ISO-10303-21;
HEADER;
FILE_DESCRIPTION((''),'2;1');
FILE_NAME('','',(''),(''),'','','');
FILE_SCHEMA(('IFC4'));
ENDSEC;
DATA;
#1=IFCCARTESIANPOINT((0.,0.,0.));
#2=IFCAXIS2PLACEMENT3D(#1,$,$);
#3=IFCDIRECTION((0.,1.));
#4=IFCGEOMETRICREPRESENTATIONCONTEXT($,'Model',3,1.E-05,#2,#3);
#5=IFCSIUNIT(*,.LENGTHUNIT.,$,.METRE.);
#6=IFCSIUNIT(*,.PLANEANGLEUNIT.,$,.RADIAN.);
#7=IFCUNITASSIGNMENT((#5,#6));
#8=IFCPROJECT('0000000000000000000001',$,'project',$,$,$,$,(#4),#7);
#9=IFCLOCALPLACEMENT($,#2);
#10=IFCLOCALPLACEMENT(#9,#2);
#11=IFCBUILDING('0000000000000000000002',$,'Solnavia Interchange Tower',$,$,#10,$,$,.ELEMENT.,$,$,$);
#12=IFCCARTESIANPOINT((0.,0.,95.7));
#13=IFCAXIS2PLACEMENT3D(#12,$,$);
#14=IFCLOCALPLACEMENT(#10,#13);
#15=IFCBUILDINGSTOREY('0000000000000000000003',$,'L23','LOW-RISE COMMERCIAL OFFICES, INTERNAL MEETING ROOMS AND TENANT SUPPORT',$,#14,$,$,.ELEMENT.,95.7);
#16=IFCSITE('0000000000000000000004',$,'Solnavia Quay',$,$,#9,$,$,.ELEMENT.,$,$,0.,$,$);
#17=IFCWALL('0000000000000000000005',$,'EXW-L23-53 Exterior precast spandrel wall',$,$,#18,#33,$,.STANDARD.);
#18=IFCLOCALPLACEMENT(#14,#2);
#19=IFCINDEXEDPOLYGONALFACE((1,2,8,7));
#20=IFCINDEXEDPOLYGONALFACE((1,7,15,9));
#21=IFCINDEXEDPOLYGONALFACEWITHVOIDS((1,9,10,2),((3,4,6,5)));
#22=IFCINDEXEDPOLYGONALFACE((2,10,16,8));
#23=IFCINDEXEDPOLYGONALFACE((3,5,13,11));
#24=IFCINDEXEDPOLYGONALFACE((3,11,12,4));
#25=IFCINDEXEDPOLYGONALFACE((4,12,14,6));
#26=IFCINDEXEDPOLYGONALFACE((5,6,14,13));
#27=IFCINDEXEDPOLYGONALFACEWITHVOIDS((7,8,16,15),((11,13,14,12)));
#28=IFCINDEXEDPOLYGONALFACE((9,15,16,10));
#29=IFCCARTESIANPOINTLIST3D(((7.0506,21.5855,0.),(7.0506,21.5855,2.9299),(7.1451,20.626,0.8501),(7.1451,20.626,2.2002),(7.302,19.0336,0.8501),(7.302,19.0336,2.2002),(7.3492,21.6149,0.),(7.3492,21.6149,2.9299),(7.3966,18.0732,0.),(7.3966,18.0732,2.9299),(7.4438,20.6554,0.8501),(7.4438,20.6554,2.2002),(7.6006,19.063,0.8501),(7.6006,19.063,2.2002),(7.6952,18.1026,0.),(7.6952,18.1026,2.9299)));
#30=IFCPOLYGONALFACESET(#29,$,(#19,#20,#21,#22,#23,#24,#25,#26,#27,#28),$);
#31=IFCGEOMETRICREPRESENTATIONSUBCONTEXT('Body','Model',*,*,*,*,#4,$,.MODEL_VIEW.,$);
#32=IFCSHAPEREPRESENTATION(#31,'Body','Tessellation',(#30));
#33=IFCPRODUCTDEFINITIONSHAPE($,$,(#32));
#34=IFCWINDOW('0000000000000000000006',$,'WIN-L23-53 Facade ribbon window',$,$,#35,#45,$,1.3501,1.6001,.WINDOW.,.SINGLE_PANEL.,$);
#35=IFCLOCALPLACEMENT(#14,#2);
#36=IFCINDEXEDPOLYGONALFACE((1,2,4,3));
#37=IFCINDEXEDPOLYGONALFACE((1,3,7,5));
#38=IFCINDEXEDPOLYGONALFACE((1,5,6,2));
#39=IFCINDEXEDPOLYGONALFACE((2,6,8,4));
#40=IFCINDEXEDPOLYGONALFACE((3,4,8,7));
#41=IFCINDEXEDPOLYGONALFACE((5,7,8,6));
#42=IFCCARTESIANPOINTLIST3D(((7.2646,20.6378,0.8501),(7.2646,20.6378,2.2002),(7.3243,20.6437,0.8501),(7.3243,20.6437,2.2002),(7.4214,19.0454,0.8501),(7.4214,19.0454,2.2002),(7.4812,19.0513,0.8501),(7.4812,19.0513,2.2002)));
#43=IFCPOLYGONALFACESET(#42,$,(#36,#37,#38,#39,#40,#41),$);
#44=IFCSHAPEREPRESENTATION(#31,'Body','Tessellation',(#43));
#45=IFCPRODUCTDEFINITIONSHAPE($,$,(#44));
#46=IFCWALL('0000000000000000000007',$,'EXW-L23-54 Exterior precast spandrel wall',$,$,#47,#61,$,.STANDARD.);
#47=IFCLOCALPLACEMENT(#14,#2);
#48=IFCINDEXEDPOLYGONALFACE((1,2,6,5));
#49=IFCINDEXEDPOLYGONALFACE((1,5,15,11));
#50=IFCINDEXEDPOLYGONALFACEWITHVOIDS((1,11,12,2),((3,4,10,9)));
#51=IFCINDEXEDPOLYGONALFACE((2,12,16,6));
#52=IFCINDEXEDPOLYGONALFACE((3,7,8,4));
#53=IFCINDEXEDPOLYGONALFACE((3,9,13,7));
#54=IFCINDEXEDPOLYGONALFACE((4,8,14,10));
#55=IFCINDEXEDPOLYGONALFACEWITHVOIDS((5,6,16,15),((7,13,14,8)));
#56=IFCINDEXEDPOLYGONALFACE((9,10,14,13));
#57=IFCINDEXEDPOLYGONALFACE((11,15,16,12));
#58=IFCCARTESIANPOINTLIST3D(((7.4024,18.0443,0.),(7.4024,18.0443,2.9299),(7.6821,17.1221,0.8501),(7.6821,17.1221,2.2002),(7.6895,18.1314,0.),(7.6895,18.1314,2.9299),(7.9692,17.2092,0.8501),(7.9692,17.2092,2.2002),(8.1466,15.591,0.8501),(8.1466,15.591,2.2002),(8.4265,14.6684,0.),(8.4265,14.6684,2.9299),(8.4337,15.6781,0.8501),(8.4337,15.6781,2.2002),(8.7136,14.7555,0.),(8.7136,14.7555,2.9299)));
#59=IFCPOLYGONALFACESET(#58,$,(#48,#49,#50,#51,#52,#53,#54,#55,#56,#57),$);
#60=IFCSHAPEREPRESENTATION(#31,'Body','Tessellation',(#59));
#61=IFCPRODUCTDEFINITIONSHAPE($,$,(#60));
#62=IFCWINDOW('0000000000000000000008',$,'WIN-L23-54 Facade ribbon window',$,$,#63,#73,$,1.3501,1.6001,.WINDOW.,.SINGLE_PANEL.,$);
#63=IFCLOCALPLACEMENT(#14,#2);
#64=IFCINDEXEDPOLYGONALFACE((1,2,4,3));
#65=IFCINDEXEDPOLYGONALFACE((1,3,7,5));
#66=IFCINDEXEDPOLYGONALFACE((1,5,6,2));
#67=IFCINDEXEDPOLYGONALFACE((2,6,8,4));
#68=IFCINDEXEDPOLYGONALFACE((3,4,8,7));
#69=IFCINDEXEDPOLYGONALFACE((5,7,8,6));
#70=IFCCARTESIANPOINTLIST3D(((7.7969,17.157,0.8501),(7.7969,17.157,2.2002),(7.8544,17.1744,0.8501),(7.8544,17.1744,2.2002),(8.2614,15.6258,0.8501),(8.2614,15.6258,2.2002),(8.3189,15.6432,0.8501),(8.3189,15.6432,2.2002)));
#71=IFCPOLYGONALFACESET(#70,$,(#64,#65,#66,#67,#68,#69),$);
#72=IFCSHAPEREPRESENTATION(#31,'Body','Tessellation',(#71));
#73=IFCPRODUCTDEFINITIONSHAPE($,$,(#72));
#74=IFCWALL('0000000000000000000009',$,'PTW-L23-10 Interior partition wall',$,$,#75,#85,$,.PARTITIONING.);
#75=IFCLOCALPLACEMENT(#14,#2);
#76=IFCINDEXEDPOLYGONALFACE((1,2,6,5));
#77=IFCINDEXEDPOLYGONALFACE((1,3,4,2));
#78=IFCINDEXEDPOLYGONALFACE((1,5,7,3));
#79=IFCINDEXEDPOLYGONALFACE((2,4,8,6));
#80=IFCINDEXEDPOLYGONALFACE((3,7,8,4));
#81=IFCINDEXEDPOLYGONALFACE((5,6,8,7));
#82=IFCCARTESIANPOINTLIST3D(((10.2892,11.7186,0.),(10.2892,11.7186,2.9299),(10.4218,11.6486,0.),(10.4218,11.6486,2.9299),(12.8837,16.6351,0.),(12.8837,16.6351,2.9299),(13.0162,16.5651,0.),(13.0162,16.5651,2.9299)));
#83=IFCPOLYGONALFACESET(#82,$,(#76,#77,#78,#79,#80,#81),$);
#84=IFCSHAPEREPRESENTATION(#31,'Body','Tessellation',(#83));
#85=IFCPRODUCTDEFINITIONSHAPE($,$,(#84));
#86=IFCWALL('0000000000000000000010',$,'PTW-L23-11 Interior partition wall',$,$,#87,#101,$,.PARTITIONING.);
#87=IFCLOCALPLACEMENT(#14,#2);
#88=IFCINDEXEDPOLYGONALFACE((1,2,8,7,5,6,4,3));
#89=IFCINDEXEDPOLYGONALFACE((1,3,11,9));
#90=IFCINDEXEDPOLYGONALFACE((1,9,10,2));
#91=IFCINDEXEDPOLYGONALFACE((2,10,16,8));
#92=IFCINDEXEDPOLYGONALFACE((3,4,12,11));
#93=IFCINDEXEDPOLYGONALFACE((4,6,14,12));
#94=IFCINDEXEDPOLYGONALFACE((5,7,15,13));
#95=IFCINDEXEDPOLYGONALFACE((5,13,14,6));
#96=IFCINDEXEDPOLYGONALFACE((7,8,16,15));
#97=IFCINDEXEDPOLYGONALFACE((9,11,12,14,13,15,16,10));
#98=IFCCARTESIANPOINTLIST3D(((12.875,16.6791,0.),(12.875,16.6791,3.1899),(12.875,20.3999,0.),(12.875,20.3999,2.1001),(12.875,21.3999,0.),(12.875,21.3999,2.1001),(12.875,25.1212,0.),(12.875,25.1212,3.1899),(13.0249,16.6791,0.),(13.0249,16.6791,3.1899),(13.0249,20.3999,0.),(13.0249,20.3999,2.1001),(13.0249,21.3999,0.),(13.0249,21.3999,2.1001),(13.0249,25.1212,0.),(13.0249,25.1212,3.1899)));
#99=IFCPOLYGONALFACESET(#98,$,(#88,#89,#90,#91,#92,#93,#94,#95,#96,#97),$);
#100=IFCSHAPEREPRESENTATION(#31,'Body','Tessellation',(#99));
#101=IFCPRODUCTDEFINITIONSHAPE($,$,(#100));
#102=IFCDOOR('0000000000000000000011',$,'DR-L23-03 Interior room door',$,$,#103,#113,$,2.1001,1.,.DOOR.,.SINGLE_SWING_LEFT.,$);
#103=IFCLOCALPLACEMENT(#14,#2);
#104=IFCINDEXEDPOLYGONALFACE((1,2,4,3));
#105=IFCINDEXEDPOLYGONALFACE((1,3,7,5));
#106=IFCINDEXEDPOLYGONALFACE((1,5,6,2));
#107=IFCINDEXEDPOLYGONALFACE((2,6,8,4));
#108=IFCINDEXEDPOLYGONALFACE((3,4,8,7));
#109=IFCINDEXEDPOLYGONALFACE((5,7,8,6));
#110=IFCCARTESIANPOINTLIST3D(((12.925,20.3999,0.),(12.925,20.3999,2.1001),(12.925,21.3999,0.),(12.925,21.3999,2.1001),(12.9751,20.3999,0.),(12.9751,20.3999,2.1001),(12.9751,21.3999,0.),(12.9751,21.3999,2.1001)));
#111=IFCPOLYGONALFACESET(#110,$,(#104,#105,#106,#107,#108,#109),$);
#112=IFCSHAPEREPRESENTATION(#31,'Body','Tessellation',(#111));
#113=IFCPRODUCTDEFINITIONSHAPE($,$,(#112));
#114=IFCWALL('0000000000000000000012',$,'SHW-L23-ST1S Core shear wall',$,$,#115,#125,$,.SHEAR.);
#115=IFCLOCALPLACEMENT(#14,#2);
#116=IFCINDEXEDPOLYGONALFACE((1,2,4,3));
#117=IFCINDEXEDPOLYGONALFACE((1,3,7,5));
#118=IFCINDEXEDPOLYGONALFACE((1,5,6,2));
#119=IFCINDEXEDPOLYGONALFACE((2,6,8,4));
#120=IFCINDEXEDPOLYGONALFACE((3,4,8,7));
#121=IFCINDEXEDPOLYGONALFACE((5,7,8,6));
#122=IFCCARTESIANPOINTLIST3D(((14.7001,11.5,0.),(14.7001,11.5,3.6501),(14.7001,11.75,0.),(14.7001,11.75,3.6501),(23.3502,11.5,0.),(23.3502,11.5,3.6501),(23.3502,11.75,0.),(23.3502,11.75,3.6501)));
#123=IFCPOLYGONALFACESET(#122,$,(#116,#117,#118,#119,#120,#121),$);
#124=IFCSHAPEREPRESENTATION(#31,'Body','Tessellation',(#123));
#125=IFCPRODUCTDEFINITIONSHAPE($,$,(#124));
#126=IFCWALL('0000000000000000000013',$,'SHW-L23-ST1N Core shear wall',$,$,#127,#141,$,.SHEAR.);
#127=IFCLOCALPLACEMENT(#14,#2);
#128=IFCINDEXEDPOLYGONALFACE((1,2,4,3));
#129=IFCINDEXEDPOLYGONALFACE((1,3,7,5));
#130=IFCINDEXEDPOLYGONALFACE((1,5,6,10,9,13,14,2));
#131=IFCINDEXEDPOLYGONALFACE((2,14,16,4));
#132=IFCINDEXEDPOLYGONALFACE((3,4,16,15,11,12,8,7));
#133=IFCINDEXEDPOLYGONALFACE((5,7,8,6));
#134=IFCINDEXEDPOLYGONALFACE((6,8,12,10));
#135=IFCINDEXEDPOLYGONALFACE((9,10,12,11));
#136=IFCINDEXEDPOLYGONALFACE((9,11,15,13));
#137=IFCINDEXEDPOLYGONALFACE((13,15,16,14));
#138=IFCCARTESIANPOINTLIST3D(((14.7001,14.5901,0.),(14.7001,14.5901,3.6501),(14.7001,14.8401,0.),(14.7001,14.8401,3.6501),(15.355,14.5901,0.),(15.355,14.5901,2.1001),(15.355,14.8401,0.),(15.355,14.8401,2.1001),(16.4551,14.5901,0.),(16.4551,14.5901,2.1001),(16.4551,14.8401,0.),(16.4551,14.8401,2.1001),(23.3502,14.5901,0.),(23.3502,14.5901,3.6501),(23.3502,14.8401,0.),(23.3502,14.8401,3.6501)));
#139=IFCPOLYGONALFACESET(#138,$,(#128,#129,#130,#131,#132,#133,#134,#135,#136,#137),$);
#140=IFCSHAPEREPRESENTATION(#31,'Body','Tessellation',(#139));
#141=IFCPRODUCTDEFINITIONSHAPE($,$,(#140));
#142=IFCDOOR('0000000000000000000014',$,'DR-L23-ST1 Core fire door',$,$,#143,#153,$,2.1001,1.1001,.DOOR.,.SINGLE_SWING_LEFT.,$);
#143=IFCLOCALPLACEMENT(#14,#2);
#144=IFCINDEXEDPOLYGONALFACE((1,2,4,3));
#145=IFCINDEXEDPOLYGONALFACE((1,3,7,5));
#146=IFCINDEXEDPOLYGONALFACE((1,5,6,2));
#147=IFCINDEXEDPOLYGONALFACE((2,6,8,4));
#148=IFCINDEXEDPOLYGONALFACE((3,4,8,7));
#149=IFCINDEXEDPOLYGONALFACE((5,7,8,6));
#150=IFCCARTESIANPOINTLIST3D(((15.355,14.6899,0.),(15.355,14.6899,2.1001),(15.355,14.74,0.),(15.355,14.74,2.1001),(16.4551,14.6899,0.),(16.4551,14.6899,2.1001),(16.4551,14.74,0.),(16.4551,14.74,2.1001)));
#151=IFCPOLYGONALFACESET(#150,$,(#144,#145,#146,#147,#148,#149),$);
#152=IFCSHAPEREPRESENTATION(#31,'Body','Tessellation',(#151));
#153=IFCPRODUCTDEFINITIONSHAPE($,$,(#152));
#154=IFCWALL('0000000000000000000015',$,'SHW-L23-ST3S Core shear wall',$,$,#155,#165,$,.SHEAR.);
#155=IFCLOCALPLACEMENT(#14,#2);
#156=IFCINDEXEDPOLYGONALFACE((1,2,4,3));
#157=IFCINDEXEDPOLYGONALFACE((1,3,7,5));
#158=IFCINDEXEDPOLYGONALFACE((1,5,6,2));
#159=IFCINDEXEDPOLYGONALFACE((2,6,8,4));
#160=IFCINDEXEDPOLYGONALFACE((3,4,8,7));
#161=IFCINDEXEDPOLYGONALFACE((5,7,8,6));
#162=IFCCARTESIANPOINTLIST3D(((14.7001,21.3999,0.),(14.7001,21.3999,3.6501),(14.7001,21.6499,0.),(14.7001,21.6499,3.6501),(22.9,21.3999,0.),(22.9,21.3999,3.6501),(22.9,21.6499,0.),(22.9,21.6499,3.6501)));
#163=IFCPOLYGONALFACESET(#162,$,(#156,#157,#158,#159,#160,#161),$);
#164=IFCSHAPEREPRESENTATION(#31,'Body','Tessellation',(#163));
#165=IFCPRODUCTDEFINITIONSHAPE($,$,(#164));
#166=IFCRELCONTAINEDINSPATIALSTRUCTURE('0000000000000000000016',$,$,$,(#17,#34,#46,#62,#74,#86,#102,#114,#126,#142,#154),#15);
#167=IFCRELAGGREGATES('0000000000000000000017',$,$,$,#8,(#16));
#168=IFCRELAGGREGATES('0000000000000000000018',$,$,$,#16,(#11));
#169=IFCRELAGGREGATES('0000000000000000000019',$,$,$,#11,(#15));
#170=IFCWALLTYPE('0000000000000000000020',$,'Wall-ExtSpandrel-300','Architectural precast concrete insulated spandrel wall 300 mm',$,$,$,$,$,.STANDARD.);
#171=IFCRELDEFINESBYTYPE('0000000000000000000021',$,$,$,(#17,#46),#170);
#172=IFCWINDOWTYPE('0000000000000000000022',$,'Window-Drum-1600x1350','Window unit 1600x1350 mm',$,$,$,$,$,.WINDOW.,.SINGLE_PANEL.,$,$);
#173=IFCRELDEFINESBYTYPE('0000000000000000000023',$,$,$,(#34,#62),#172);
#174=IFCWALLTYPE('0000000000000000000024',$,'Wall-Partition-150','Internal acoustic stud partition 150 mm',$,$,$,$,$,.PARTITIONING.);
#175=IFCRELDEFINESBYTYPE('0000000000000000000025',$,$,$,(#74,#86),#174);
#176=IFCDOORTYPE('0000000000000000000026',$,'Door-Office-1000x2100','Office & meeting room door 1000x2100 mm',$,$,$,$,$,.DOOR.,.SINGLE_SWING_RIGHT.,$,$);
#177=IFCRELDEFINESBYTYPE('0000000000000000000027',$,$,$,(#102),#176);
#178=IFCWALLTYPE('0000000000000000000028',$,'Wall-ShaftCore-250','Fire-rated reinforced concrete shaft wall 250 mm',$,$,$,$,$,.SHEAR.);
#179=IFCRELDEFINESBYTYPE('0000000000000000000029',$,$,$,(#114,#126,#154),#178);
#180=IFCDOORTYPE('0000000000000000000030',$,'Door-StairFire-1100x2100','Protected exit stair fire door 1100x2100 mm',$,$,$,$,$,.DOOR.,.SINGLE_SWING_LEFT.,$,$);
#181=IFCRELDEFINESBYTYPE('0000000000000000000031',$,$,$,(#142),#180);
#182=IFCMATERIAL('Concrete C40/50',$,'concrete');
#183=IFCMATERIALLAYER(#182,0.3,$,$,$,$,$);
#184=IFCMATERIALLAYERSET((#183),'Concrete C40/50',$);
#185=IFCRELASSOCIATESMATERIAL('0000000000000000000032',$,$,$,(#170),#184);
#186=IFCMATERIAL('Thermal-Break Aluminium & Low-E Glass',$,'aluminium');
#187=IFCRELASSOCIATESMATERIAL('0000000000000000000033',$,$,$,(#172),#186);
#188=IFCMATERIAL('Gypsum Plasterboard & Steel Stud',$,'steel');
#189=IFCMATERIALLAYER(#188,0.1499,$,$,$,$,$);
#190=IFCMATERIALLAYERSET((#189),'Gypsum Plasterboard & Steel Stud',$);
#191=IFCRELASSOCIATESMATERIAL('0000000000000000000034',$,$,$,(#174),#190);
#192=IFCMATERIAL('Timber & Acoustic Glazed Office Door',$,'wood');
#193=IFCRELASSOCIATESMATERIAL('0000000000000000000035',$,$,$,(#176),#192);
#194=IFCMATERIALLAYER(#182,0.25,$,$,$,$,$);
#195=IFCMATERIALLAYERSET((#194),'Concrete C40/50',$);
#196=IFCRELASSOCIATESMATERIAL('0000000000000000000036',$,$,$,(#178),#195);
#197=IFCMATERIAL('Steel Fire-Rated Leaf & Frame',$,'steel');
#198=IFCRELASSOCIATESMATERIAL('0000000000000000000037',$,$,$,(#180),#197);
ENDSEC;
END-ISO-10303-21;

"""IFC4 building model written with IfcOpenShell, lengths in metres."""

from ifc_helpers import new_model, si_unit, direction, frame, frame_2d, origin, place, context, subcontext, project, spatial, rectangle, extrude, material, layer, layer_set, type_object, element, fill, save


model = new_model("IFC4")

# Units and contexts
model_context = context("Model", 3, precision=1e-05, world=origin(), true_north=direction((0.0, 1.0)))
body_context = subcontext(model_context, "Body", "Model", "MODEL_VIEW")
ifc_project = project(units=[si_unit("LENGTHUNIT", "METRE"), si_unit("PLANEANGLEUNIT", "RADIAN")], contexts=[model_context])

# Site, building, storey
site_placement = place(None, origin())
site = spatial("IfcSite", under=ifc_project, at=site_placement, Name="Solnavia Quay", CompositionType="ELEMENT", RefElevation=0.0)
building_placement = place(site_placement, origin())
building = spatial("IfcBuilding", under=site, at=building_placement, Name="Solnavia Interchange Tower", CompositionType="ELEMENT")
storey_placement = place(building_placement, frame((0.0, 0.0, 95.7)))
storey = spatial("IfcBuildingStorey", under=building, at=storey_placement, Name="L23", Description="LOW-RISE COMMERCIAL OFFICES, INTERNAL MEETING ROOMS AND TENANT SUPPORT", CompositionType="ELEMENT", Elevation=95.7)

# Walls, openings, windows
ifc_material_1 = material(Name="Concrete C40/50", Category="concrete")
ifc_layer_1 = layer(ifc_material_1, 0.3)
ifc_layer_set_1 = layer_set([ifc_layer_1], Name="Concrete C40/50")
wall_type_1 = type_object("IfcWallType", Name="Wall-ExtSpandrel-300", Description="Architectural precast concrete insulated spandrel wall 300 mm", PredefinedType="STANDARD", material=ifc_layer_set_1)
ifc_material_2 = material(Name="Thermal-Break Aluminium & Low-E Glass", Category="aluminium")
wall_1_placement = place(storey_placement, frame((7.5459, 18.0879, 0.0), z_axis=(0.0, 0.0, 1.0), x_axis=(-0.098024, 0.995184, 0.0)))
wall_1 = element("IfcWall", 1, at=wall_1_placement, inside=storey, type_object=wall_type_1, Name="EXW-L23-53 Exterior precast spandrel wall", PredefinedType="STANDARD", context=body_context, shape_type="SweptSolid", body=[
    extrude(rectangle(XDim=3.5293, YDim=0.3, at=frame_2d((1.7646, 0.0))), origin(), (0.0, 0.0, 1.0), 2.9299),
])
opening_1_placement = place(wall_1_placement, frame((0.9651, 0.0, 0.8501)))
opening_1 = element("IfcOpeningElement", 2, at=opening_1_placement, cuts=wall_1, PredefinedType="OPENING", context=body_context, shape_type="SweptSolid", body=[
    extrude(rectangle(XDim=1.6001, YDim=1.3501, at=frame_2d((0.8, 0.675))), frame((0.0, 0.1602, 0.0), z_axis=(0.0, -1.0, 0.0), x_axis=(1.0, 0.0, 0.0)), (0.0, 0.0, 1.0), 0.3201),
])
window_type_1 = type_object("IfcWindowType", Name="Window-Drum-1600x1350", Description="Window unit 1600x1350 mm", PartitioningType="SINGLE_PANEL", PredefinedType="WINDOW", material=ifc_material_2)
window_1_placement = place(opening_1_placement, origin())
window_1 = element("IfcWindow", 3, at=window_1_placement, inside=storey, type_object=window_type_1, Name="WIN-L23-53 Facade ribbon window", OverallHeight=1.3501, OverallWidth=1.6001, PartitioningType="SINGLE_PANEL", PredefinedType="WINDOW", context=body_context, shape_type="SweptSolid", body=[
    extrude(rectangle(XDim=1.6001, YDim=1.3501, at=frame_2d((0.8, 0.675))), frame((0.0, 0.03, 0.0), z_axis=(0.0, -1.0, 0.0), x_axis=(1.0, 0.0, 0.0)), (0.0, 0.0, 1.0), 0.0601),
])
fill(opening_1, window_1)
wall_2_placement = place(storey_placement, frame((8.5701, 14.7119, 0.0), z_axis=(0.0, 0.0, 1.0), x_axis=(-0.290305, 0.956934, 0.0)))
wall_2 = element("IfcWall", 4, at=wall_2_placement, inside=storey, type_object=wall_type_1, Name="EXW-L23-54 Exterior precast spandrel wall", PredefinedType="STANDARD", context=body_context, shape_type="SweptSolid", body=[
    extrude(rectangle(XDim=3.5278, YDim=0.3, at=frame_2d((1.7639, 0.0))), origin(), (0.0, 0.0, 1.0), 2.9299),
])
opening_2_placement = place(wall_2_placement, frame((0.9641, 0.0, 0.8501)))
opening_2 = element("IfcOpeningElement", 5, at=opening_2_placement, cuts=wall_2, PredefinedType="OPENING", context=body_context, shape_type="SweptSolid", body=[
    extrude(rectangle(XDim=1.6001, YDim=1.3501, at=frame_2d((0.8, 0.675))), frame((0.0, 0.1602, 0.0), z_axis=(0.0, -1.0, 0.0), x_axis=(1.0, 0.0, 0.0)), (0.0, 0.0, 1.0), 0.3201),
])
window_2_placement = place(opening_2_placement, origin())
window_2 = element("IfcWindow", 6, at=window_2_placement, inside=storey, type_object=window_type_1, Name="WIN-L23-54 Facade ribbon window", OverallHeight=1.3501, OverallWidth=1.6001, PartitioningType="SINGLE_PANEL", PredefinedType="WINDOW", context=body_context, shape_type="SweptSolid", body=[
    extrude(rectangle(XDim=1.6001, YDim=1.3501, at=frame_2d((0.8, 0.675))), frame((0.0, 0.03, 0.0), z_axis=(0.0, -1.0, 0.0), x_axis=(1.0, 0.0, 0.0)), (0.0, 0.0, 1.0), 0.0601),
])
fill(opening_2, window_2)

# Wall
ifc_material_3 = material(Name="Gypsum Plasterboard & Steel Stud", Category="steel")
ifc_layer_2 = layer(ifc_material_3, 0.1499)
ifc_layer_set_2 = layer_set([ifc_layer_2], Name="Gypsum Plasterboard & Steel Stud")
wall_type_2 = type_object("IfcWallType", Name="Wall-Partition-150", Description="Internal acoustic stud partition 150 mm", PredefinedType="PARTITIONING", material=ifc_layer_set_2)
wall_3_placement = place(storey_placement, frame((12.95, 16.6001, 0.0), z_axis=(0.0, 0.0, 1.0), x_axis=(-0.466711, -0.88441, 0.0)))
element("IfcWall", 7, at=wall_3_placement, inside=storey, type_object=wall_type_2, Name="PTW-L23-10 Interior partition wall", PredefinedType="PARTITIONING", context=body_context, shape_type="SweptSolid", body=[
    extrude(rectangle(XDim=5.5591, YDim=0.1499, at=frame_2d((2.7795, 0.0))), origin(), (0.0, 0.0, 1.0), 2.9299),
])

# Wall, opening, door
wall_4_placement = place(storey_placement, frame((12.95, 16.679, 0.0), z_axis=(0.0, 0.0, 1.0), x_axis=(0.0, 1.0, 0.0)))
wall_4 = element("IfcWall", 8, at=wall_4_placement, inside=storey, type_object=wall_type_2, Name="PTW-L23-11 Interior partition wall", PredefinedType="PARTITIONING", context=body_context, shape_type="SweptSolid", body=[
    extrude(rectangle(XDim=8.4421, YDim=0.1499, at=frame_2d((4.2212, 0.0))), origin(), (0.0, 0.0, 1.0), 3.1899),
])
opening_3_placement = place(wall_4_placement, frame((3.7209, 0.0, 0.0)))
opening_3 = element("IfcOpeningElement", 9, at=opening_3_placement, cuts=wall_4, PredefinedType="OPENING", context=body_context, shape_type="SweptSolid", body=[
    extrude(rectangle(XDim=1.0, YDim=2.1001, at=frame_2d((0.5, 1.05))), frame((0.0, 0.085, 0.0), z_axis=(0.0, -1.0, 0.0), x_axis=(1.0, 0.0, 0.0)), (0.0, 0.0, 1.0), 0.1699),
])
ifc_material_4 = material(Name="Timber & Acoustic Glazed Office Door", Category="wood")
door_type_1 = type_object("IfcDoorType", Name="Door-Office-1000x2100", Description="Office & meeting room door 1000x2100 mm", OperationType="SINGLE_SWING_RIGHT", PredefinedType="DOOR", material=ifc_material_4)
door_1_placement = place(opening_3_placement, origin())
door_1 = element("IfcDoor", 10, at=door_1_placement, inside=storey, type_object=door_type_1, Name="DR-L23-03 Interior room door", OperationType="SINGLE_SWING_LEFT", OverallHeight=2.1001, OverallWidth=1.0, PredefinedType="DOOR", context=body_context, shape_type="SweptSolid", body=[
    extrude(rectangle(XDim=1.0, YDim=2.1001, at=frame_2d((0.5, 1.05))), frame((0.0, 0.0249, 0.0), z_axis=(0.0, -1.0, 0.0), x_axis=(1.0, 0.0, 0.0)), (0.0, 0.0, 1.0), 0.05),
])
fill(opening_3, door_1)

# Wall
ifc_layer_3 = layer(ifc_material_1, 0.25)
ifc_layer_set_3 = layer_set([ifc_layer_3], Name="Concrete C40/50")
wall_type_3 = type_object("IfcWallType", Name="Wall-ShaftCore-250", Description="Fire-rated reinforced concrete shaft wall 250 mm", PredefinedType="SHEAR", material=ifc_layer_set_3)
wall_5_placement = place(storey_placement, frame((14.7, 11.625, 0.0), z_axis=(0.0, 0.0, 1.0), x_axis=(1.0, 0.0, 0.0)))
element("IfcWall", 11, at=wall_5_placement, inside=storey, type_object=wall_type_3, Name="SHW-L23-ST1S Core shear wall", PredefinedType="SHEAR", context=body_context, shape_type="SweptSolid", body=[
    extrude(rectangle(XDim=8.6501, YDim=0.25, at=frame_2d((4.3252, 0.0))), origin(), (0.0, 0.0, 1.0), 3.6501),
])

# Wall, opening, door
wall_6_placement = place(storey_placement, frame((14.7, 14.7151, 0.0), z_axis=(0.0, 0.0, 1.0), x_axis=(1.0, 0.0, 0.0)))
wall_6 = element("IfcWall", 12, at=wall_6_placement, inside=storey, type_object=wall_type_3, Name="SHW-L23-ST1N Core shear wall", PredefinedType="SHEAR", context=body_context, shape_type="SweptSolid", body=[
    extrude(rectangle(XDim=8.6501, YDim=0.25, at=frame_2d((4.3252, 0.0))), origin(), (0.0, 0.0, 1.0), 3.6501),
])
opening_4_placement = place(wall_6_placement, frame((0.655, 0.0, 0.0)))
opening_4 = element("IfcOpeningElement", 13, at=opening_4_placement, cuts=wall_6, PredefinedType="OPENING", context=body_context, shape_type="SweptSolid", body=[
    extrude(rectangle(XDim=1.1001, YDim=2.1001, at=frame_2d((0.55, 1.05))), frame((0.0, 0.135, 0.0), z_axis=(0.0, -1.0, 0.0), x_axis=(1.0, 0.0, 0.0)), (0.0, 0.0, 1.0), 0.27),
])
ifc_material_5 = material(Name="Steel Fire-Rated Leaf & Frame", Category="steel")
door_type_2 = type_object("IfcDoorType", Name="Door-StairFire-1100x2100", Description="Protected exit stair fire door 1100x2100 mm", OperationType="SINGLE_SWING_LEFT", PredefinedType="DOOR", material=ifc_material_5)
door_2_placement = place(opening_4_placement, origin())
door_2 = element("IfcDoor", 14, at=door_2_placement, inside=storey, type_object=door_type_2, Name="DR-L23-ST1 Core fire door", OperationType="SINGLE_SWING_LEFT", OverallHeight=2.1001, OverallWidth=1.1001, PredefinedType="DOOR", context=body_context, shape_type="SweptSolid", body=[
    extrude(rectangle(XDim=1.1001, YDim=2.1001, at=frame_2d((0.55, 1.05))), frame((0.0, 0.0249, 0.0), z_axis=(0.0, -1.0, 0.0), x_axis=(1.0, 0.0, 0.0)), (0.0, 0.0, 1.0), 0.05),
])
fill(opening_4, door_2)

# Wall
wall_7_placement = place(storey_placement, frame((14.7, 21.5249, 0.0), z_axis=(0.0, 0.0, 1.0), x_axis=(1.0, 0.0, 0.0)))
element("IfcWall", 15, at=wall_7_placement, inside=storey, type_object=wall_type_3, Name="SHW-L23-ST3S Core shear wall", PredefinedType="SHEAR", context=body_context, shape_type="SweptSolid", body=[
    extrude(rectangle(XDim=8.2, YDim=0.25, at=frame_2d((4.1001, 0.0))), origin(), (0.0, 0.0, 1.0), 3.6501),
])

save(model, "model.ifc")
